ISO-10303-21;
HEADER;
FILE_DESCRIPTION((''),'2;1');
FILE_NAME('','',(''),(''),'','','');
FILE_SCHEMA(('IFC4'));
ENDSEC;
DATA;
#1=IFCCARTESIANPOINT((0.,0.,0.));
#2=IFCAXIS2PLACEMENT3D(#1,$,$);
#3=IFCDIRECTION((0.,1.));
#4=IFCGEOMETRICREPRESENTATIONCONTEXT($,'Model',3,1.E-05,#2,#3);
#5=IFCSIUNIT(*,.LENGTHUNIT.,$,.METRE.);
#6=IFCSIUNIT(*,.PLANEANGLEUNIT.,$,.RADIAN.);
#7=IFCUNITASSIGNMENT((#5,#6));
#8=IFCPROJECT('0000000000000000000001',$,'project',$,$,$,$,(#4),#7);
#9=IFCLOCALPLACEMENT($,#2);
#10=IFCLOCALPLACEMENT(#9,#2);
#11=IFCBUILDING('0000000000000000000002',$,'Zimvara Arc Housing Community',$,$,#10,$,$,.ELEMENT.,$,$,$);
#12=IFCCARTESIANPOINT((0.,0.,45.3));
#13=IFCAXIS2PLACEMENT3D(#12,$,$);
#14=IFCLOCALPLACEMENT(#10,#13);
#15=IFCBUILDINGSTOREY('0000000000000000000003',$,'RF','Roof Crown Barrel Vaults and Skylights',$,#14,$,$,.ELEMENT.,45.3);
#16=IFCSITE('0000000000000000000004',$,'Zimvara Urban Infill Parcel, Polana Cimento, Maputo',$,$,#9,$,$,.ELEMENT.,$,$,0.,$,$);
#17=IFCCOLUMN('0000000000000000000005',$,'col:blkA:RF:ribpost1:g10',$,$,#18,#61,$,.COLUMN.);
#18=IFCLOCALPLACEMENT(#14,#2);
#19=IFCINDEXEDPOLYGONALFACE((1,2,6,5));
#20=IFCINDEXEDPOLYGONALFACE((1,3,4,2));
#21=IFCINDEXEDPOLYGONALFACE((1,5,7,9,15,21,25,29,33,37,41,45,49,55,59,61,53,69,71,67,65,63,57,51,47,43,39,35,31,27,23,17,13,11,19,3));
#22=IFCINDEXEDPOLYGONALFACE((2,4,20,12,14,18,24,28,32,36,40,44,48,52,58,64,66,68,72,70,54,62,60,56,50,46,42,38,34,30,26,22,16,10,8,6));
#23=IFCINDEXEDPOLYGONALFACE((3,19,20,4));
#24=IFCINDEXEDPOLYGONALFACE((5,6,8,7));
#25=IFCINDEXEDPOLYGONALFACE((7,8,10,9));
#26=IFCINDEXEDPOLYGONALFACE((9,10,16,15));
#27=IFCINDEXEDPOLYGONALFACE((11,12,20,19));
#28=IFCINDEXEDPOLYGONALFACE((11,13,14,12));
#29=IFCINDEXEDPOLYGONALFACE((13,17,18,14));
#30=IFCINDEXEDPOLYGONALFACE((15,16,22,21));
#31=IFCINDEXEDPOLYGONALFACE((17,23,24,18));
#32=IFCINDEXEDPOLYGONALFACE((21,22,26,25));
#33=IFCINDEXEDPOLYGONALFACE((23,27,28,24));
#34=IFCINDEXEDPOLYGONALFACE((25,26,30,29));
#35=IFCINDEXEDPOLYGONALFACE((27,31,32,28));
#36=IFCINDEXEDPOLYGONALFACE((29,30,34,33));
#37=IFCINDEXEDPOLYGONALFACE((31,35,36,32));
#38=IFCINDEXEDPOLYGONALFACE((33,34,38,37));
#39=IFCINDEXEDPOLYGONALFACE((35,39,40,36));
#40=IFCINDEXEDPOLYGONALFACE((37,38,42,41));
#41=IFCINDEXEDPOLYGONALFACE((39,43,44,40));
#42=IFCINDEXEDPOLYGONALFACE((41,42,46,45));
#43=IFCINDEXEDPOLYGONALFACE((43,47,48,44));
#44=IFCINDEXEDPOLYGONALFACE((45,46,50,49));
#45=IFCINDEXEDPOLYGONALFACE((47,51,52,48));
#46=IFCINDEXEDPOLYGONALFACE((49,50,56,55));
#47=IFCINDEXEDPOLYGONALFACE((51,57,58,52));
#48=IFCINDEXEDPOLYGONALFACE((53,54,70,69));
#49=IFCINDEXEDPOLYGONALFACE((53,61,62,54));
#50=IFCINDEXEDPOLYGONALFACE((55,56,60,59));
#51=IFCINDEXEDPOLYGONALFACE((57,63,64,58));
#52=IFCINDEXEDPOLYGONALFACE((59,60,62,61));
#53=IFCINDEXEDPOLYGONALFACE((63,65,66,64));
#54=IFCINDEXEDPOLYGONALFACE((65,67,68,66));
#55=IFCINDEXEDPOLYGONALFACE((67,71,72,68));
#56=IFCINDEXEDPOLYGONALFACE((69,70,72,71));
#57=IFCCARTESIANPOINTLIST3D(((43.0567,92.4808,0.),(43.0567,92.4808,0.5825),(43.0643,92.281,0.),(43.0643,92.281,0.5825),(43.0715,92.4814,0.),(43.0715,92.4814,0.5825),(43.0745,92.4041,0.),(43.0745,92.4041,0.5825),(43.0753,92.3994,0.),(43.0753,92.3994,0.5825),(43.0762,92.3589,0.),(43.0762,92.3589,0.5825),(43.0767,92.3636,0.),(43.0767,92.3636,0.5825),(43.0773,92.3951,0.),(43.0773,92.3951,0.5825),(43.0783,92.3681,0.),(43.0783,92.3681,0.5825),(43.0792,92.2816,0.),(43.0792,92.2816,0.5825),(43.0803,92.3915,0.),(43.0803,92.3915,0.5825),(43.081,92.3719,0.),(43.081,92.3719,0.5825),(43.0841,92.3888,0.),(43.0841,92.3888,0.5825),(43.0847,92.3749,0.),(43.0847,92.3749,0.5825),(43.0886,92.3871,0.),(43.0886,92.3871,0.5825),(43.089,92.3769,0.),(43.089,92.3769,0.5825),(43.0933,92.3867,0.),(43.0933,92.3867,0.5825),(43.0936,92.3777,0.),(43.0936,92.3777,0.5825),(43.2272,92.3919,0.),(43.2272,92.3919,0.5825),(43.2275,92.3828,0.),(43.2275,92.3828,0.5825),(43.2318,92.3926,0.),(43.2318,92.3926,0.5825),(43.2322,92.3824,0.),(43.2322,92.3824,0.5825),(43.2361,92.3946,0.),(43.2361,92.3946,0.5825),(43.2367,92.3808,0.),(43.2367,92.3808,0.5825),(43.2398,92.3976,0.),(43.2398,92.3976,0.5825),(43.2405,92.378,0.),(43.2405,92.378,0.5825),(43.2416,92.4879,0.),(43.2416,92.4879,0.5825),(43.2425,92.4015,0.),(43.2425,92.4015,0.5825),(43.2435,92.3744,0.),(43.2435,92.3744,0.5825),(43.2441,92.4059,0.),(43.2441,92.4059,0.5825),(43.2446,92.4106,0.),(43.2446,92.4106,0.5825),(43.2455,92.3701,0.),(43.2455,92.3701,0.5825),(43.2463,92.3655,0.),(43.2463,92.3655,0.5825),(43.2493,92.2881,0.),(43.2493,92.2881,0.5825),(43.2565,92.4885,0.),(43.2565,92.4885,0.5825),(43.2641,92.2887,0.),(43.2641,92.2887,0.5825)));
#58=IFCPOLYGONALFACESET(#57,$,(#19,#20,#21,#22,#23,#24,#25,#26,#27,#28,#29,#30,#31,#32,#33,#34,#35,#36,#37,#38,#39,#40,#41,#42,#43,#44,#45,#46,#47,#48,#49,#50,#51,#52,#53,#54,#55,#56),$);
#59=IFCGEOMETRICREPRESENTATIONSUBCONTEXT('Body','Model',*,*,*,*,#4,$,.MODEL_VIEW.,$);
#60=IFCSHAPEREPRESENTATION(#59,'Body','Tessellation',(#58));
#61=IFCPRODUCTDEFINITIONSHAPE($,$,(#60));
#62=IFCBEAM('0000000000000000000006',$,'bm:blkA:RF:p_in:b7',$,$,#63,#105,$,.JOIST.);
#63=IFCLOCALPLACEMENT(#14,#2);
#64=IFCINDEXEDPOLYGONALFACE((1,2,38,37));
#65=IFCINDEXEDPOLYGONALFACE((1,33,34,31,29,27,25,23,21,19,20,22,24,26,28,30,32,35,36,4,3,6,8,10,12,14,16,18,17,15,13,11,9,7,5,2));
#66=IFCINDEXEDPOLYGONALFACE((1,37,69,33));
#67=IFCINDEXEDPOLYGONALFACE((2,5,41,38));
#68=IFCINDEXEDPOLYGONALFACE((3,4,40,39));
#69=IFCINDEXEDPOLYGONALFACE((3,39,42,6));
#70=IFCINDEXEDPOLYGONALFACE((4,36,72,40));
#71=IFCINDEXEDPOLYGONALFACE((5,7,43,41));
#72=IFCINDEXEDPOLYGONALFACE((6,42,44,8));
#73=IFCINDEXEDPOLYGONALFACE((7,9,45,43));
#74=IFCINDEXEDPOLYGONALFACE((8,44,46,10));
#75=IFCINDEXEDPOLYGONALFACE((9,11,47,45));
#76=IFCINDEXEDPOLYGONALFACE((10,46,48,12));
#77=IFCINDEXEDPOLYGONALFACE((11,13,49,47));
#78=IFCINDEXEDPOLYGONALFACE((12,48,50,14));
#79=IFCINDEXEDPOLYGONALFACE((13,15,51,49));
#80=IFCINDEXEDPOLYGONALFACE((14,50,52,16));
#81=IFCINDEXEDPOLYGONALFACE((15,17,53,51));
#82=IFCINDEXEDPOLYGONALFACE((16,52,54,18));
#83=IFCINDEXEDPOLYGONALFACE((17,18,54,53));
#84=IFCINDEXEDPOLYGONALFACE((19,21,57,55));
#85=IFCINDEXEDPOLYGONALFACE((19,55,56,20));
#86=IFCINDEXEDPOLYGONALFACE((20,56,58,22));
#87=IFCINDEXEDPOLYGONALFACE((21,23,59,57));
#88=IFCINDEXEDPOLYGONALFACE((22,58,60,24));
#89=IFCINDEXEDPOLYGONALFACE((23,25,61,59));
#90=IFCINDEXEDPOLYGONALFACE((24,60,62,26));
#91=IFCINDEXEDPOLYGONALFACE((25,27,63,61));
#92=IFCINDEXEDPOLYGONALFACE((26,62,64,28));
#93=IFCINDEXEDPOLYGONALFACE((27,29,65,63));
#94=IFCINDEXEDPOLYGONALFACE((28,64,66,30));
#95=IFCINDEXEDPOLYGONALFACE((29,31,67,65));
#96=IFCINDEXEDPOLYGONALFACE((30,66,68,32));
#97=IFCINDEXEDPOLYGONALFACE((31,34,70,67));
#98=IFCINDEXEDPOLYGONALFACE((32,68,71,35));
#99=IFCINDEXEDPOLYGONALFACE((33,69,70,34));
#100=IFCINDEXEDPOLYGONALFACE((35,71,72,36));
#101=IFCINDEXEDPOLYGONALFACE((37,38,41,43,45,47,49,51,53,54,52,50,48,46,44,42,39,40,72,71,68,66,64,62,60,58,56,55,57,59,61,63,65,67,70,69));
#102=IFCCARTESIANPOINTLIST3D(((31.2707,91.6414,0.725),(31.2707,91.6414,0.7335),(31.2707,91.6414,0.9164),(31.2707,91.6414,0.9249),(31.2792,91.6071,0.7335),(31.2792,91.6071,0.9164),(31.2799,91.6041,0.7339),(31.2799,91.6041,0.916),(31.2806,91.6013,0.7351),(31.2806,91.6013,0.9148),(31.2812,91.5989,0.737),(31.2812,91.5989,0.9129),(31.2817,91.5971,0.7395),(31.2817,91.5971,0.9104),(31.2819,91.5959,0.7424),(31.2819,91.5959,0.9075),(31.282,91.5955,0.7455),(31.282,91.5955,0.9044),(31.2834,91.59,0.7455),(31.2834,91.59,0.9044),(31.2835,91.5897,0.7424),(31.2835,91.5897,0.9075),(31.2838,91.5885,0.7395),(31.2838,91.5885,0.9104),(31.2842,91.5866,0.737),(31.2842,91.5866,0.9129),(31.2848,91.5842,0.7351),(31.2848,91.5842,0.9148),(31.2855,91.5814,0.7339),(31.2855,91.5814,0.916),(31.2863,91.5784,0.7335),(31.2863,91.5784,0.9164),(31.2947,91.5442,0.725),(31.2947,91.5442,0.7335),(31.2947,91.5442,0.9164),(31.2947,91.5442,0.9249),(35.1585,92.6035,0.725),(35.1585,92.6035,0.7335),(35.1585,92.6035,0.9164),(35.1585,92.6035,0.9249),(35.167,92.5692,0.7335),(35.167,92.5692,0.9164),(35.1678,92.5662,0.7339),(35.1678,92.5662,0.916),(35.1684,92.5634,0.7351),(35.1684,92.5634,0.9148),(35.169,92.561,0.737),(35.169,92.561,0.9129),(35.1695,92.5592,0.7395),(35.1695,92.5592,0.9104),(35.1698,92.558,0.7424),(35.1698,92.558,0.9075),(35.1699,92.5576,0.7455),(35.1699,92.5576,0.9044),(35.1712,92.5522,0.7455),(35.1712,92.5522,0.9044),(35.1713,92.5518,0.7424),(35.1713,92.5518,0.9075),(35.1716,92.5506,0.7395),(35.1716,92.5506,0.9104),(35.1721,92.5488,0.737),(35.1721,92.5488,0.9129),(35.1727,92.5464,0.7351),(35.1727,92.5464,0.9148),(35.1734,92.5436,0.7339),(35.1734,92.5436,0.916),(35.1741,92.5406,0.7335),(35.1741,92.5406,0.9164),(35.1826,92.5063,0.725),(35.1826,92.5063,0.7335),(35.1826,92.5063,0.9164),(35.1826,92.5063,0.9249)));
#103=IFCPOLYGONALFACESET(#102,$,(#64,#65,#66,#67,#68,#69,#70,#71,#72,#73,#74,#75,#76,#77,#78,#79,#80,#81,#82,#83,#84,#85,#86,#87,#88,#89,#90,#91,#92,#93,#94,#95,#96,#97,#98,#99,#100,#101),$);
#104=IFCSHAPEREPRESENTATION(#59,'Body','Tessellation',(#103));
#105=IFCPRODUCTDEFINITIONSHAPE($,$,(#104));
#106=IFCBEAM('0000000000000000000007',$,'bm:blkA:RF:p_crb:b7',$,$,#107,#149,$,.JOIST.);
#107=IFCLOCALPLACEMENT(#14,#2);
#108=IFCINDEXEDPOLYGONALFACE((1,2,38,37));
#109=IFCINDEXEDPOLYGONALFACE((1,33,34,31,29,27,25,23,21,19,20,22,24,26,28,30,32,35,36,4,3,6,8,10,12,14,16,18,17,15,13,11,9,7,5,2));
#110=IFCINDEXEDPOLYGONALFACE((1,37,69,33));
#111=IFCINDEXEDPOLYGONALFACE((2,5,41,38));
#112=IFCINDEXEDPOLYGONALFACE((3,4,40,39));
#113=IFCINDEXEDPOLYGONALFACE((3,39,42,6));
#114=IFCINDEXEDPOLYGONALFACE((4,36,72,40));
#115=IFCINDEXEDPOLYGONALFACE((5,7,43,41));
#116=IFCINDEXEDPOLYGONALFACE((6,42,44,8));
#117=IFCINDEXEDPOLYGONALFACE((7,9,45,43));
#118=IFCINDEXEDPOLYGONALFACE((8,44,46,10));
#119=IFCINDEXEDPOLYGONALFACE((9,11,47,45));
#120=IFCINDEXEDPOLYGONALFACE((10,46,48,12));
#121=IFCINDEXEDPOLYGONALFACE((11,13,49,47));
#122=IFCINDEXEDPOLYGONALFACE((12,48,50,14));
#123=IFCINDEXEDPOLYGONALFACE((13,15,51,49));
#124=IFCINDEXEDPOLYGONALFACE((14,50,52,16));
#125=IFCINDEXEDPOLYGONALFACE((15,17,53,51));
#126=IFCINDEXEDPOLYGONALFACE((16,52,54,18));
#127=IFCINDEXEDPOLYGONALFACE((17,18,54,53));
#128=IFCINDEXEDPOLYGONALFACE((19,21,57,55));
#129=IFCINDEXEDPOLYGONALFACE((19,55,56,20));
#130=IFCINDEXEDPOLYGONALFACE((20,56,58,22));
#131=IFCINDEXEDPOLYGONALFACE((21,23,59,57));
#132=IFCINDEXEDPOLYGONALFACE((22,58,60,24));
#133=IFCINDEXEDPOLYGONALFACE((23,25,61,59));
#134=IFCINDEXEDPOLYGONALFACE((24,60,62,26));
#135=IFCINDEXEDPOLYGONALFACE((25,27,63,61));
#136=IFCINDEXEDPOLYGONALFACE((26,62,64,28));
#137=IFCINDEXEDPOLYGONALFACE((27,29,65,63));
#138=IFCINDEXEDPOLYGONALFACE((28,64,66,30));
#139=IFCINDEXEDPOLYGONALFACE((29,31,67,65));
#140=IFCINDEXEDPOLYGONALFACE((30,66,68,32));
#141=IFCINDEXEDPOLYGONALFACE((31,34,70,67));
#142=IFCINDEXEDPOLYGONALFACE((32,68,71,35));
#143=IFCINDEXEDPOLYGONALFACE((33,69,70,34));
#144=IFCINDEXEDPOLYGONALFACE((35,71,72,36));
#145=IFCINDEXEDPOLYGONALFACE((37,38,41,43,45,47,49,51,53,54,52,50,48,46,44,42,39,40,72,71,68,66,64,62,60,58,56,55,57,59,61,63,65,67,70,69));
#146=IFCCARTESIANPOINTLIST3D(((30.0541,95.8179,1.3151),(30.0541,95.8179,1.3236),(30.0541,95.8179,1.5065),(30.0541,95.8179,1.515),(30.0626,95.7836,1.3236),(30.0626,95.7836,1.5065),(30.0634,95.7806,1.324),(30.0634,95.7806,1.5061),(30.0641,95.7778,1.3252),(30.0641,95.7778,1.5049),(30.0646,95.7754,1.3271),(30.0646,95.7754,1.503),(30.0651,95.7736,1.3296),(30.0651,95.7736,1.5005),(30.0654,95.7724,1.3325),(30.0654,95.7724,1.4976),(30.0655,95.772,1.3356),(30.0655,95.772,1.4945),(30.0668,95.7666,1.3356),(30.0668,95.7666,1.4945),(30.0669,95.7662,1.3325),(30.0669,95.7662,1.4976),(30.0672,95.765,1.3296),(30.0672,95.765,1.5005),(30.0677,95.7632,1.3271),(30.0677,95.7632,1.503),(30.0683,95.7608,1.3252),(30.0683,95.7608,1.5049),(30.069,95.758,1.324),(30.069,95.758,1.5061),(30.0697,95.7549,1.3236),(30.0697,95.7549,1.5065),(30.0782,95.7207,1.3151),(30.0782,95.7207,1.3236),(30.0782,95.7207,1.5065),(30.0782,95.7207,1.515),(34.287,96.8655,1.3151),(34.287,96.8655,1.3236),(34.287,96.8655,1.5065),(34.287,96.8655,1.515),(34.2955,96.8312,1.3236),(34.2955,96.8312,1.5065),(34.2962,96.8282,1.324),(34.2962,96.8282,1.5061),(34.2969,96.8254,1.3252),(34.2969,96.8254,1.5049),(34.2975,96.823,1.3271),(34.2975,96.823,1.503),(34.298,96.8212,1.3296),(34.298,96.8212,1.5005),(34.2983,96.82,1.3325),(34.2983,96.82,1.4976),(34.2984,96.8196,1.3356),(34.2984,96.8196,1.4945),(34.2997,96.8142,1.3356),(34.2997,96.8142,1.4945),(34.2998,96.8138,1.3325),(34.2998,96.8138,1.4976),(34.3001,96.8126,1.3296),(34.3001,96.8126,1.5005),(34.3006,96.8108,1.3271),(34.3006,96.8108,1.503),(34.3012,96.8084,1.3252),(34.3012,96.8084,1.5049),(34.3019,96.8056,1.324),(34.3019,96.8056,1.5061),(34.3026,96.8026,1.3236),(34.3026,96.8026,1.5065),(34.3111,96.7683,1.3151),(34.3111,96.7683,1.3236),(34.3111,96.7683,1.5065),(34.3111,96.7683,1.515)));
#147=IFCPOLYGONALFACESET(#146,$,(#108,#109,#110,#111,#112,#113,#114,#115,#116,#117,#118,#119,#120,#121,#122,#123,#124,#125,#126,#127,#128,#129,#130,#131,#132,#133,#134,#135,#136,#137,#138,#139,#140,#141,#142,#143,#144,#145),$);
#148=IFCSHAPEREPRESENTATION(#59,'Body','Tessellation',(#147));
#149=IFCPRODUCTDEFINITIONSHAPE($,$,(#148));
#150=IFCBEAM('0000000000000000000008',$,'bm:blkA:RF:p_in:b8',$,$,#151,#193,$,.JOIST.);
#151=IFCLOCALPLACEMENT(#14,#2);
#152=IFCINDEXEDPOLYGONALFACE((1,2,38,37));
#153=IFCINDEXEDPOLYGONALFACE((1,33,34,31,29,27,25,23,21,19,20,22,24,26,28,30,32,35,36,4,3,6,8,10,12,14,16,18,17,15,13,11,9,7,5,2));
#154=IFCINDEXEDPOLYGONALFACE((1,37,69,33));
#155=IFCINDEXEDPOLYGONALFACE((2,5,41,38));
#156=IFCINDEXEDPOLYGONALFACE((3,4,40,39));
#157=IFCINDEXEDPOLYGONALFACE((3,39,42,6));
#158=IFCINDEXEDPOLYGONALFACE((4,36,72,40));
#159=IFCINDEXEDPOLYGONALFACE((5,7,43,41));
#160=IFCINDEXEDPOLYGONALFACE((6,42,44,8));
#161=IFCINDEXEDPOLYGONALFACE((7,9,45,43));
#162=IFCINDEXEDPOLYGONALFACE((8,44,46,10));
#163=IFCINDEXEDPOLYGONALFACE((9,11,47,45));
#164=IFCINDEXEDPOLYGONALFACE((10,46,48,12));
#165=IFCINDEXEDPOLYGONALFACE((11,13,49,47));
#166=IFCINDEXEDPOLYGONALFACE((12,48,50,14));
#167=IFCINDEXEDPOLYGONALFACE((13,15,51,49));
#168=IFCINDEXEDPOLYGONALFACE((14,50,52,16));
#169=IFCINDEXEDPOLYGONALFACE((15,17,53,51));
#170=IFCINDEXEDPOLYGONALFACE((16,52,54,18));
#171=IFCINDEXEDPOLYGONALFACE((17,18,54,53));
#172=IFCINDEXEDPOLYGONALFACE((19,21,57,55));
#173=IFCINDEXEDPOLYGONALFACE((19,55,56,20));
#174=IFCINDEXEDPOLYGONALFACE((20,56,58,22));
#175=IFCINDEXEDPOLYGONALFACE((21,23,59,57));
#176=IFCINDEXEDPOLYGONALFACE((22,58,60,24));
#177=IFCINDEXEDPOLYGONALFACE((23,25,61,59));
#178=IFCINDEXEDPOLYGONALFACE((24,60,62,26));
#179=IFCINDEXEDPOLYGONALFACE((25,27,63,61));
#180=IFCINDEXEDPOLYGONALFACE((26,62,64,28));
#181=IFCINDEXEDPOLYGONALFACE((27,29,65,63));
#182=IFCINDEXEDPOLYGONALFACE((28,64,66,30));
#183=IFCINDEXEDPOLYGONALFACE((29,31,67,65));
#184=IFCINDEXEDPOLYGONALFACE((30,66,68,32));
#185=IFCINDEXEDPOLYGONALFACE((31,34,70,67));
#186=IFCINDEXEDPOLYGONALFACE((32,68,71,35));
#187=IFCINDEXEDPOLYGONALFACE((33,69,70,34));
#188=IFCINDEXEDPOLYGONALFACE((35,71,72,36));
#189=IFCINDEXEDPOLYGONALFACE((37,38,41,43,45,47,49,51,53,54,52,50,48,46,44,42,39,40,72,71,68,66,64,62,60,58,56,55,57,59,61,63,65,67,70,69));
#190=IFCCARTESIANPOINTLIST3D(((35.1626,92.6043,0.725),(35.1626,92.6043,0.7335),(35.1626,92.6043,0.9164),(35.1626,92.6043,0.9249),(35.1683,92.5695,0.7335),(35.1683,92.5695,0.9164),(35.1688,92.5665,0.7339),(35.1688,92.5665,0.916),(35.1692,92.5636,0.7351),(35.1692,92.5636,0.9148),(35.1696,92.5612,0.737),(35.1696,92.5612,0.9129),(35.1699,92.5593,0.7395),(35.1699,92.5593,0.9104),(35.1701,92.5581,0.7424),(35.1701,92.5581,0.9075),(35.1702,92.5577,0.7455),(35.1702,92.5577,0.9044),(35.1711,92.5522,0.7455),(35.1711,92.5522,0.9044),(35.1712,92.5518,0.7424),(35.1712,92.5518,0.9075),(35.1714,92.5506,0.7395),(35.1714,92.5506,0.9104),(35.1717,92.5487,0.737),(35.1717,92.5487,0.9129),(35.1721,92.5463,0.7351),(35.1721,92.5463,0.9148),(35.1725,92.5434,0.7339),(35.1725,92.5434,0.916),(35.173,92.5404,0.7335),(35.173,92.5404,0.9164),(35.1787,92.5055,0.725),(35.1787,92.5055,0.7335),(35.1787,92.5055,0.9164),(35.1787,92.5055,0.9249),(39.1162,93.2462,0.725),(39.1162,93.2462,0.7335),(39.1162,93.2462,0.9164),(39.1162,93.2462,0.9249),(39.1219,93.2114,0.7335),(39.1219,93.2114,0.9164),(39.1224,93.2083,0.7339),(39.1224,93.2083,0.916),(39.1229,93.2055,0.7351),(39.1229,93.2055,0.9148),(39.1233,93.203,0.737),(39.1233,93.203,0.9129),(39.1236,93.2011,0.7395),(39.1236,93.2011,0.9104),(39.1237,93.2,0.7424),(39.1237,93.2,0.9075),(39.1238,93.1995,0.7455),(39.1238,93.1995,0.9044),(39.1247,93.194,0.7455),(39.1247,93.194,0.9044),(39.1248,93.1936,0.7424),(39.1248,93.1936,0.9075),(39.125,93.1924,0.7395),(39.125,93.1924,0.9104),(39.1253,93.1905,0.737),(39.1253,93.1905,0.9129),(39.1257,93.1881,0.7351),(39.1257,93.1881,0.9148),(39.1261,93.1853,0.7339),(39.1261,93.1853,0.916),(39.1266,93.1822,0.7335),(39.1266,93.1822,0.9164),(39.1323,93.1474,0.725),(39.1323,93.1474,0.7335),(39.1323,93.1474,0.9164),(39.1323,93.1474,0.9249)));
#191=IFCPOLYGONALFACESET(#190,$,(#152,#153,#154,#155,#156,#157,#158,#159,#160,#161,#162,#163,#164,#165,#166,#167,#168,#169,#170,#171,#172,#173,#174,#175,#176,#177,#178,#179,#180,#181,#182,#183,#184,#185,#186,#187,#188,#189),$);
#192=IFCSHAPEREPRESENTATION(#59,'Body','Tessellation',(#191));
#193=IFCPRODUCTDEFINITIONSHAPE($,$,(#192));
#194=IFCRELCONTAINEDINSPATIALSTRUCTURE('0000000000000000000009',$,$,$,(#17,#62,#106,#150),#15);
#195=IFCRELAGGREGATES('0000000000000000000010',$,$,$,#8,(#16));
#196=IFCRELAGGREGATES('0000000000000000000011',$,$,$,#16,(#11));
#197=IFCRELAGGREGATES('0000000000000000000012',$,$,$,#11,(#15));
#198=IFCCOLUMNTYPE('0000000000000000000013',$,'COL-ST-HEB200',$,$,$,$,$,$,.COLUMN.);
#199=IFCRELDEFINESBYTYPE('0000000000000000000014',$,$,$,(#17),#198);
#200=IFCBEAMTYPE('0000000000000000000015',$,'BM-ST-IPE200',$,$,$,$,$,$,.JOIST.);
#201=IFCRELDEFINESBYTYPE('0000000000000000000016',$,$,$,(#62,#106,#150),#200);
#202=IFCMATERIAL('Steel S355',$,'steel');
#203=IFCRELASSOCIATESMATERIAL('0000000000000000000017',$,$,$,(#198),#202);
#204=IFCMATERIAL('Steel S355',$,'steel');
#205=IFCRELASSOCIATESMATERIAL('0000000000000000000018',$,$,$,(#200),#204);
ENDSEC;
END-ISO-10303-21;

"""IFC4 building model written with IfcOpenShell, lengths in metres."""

from ifc_helpers import new_model, si_unit, direction, frame, origin, origin_2d, place, context, subcontext, project, spatial, i_section, extrude, material, material_profile, profile_set, type_object, element, save


model = new_model("IFC4")

# Units and contexts
model_context = context("Model", 3, precision=1e-05, world=origin(), true_north=direction((0.0, 1.0)))
body_context = subcontext(model_context, "Body", "Model", "MODEL_VIEW")
ifc_project = project(units=[si_unit("LENGTHUNIT", "METRE"), si_unit("PLANEANGLEUNIT", "RADIAN")], contexts=[model_context])

# Site, building, storey
site_placement = place(None, origin())
site = spatial("IfcSite", under=ifc_project, at=site_placement, Name="Zimvara Urban Infill Parcel, Polana Cimento, Maputo", CompositionType="ELEMENT", RefElevation=0.0)
building_placement = place(site_placement, origin())
building = spatial("IfcBuilding", under=site, at=building_placement, Name="Zimvara Arc Housing Community", CompositionType="ELEMENT")
storey_placement = place(building_placement, frame((0.0, 0.0, 45.3)))
storey = spatial("IfcBuildingStorey", under=building, at=storey_placement, Name="RF", Description="Roof Crown Barrel Vaults and Skylights", CompositionType="ELEMENT", Elevation=45.3)

# Column
ifc_material_1 = material(Name="Steel S355", Category="steel")
ifc_material_profile_1 = material_profile(ifc_material_1, i_section(OverallWidth=0.2, OverallDepth=0.2, WebThickness=0.009, FlangeThickness=0.0149, FilletRadius=0.0181, at=origin_2d()), Name="HEB 200")
ifc_profile_set_1 = profile_set([ifc_material_profile_1], Name="Steel S355")
column_type = type_object("IfcColumnType", Name="COL-ST-HEB200", PredefinedType="COLUMN", material=ifc_profile_set_1)
for number, where, z_axis, x_axis, name in (
    (1, (43.1604, 92.3848, 0.0), (0.0, 0.0, 1.0), (-0.038388, 0.999263, 0.0), "col:blkA:RF:ribpost1:g10"),
):
    element("IfcColumn", number, at=place(storey_placement, frame(where, z_axis=z_axis, x_axis=x_axis)), inside=storey, type_object=column_type, Name=name, PredefinedType="COLUMN", context=body_context, shape_type="SweptSolid", body=[
        extrude(i_section(OverallWidth=0.2, OverallDepth=0.2, WebThickness=0.009, FlangeThickness=0.0149, FilletRadius=0.0181, at=origin_2d()), origin(), (0.0, 0.0, 1.0), 0.5825),
    ])

# Beams
ifc_material_2 = material(Name="Steel S355", Category="steel")
ifc_material_profile_2 = material_profile(ifc_material_2, i_section(OverallWidth=0.1001, OverallDepth=0.2, WebThickness=0.0056, FlangeThickness=0.0085, FilletRadius=0.012, at=origin_2d()), Name="IPE 200")
ifc_profile_set_2 = profile_set([ifc_material_profile_2], Name="Steel S355")
beam_type_1 = type_object("IfcBeamType", Name="BM-ST-IPE200", PredefinedType="JOIST", material=ifc_profile_set_2)
beam_1_placement = place(storey_placement, frame((31.2827, 91.5928, 0.825), z_axis=(0.970717, 0.240226, 0.0), x_axis=(-0.240226, 0.970717, 0.0)))
element("IfcBeam", 2, at=beam_1_placement, inside=storey, type_object=beam_type_1, Name="bm:blkA:RF:p_in:b7", PredefinedType="JOIST", context=body_context, shape_type="SweptSolid", body=[
    extrude(i_section(OverallWidth=0.1001, OverallDepth=0.2, WebThickness=0.0056, FlangeThickness=0.0085, FilletRadius=0.012, at=origin_2d()), origin(), (0.0, 0.0, 1.0), 4.0051),
])
beam_2_placement = place(storey_placement, frame((30.0662, 95.7693, 1.415), z_axis=(0.970713, 0.240243, 0.0), x_axis=(-0.240243, 0.970713, 0.0)))
element("IfcBeam", 3, at=beam_2_placement, inside=storey, type_object=beam_type_1, Name="bm:blkA:RF:p_crb:b7", PredefinedType="JOIST", context=body_context, shape_type="SweptSolid", body=[
    extrude(i_section(OverallWidth=0.1001, OverallDepth=0.2, WebThickness=0.0056, FlangeThickness=0.0085, FilletRadius=0.012, at=origin_2d()), origin(), (0.0, 0.0, 1.0), 4.3606),
])
beam_3_placement = place(storey_placement, frame((35.1707, 92.5549, 0.825), z_axis=(0.987077, 0.160246, 0.0), x_axis=(-0.160246, 0.987077, 0.0)))
element("IfcBeam", 4, at=beam_3_placement, inside=storey, type_object=beam_type_1, Name="bm:blkA:RF:p_in:b8", PredefinedType="JOIST", context=body_context, shape_type="SweptSolid", body=[
    extrude(i_section(OverallWidth=0.1001, OverallDepth=0.2, WebThickness=0.0056, FlangeThickness=0.0085, FilletRadius=0.012, at=origin_2d()), origin(), (0.0, 0.0, 1.0), 4.0054),
])

save(model, "model.ifc")
